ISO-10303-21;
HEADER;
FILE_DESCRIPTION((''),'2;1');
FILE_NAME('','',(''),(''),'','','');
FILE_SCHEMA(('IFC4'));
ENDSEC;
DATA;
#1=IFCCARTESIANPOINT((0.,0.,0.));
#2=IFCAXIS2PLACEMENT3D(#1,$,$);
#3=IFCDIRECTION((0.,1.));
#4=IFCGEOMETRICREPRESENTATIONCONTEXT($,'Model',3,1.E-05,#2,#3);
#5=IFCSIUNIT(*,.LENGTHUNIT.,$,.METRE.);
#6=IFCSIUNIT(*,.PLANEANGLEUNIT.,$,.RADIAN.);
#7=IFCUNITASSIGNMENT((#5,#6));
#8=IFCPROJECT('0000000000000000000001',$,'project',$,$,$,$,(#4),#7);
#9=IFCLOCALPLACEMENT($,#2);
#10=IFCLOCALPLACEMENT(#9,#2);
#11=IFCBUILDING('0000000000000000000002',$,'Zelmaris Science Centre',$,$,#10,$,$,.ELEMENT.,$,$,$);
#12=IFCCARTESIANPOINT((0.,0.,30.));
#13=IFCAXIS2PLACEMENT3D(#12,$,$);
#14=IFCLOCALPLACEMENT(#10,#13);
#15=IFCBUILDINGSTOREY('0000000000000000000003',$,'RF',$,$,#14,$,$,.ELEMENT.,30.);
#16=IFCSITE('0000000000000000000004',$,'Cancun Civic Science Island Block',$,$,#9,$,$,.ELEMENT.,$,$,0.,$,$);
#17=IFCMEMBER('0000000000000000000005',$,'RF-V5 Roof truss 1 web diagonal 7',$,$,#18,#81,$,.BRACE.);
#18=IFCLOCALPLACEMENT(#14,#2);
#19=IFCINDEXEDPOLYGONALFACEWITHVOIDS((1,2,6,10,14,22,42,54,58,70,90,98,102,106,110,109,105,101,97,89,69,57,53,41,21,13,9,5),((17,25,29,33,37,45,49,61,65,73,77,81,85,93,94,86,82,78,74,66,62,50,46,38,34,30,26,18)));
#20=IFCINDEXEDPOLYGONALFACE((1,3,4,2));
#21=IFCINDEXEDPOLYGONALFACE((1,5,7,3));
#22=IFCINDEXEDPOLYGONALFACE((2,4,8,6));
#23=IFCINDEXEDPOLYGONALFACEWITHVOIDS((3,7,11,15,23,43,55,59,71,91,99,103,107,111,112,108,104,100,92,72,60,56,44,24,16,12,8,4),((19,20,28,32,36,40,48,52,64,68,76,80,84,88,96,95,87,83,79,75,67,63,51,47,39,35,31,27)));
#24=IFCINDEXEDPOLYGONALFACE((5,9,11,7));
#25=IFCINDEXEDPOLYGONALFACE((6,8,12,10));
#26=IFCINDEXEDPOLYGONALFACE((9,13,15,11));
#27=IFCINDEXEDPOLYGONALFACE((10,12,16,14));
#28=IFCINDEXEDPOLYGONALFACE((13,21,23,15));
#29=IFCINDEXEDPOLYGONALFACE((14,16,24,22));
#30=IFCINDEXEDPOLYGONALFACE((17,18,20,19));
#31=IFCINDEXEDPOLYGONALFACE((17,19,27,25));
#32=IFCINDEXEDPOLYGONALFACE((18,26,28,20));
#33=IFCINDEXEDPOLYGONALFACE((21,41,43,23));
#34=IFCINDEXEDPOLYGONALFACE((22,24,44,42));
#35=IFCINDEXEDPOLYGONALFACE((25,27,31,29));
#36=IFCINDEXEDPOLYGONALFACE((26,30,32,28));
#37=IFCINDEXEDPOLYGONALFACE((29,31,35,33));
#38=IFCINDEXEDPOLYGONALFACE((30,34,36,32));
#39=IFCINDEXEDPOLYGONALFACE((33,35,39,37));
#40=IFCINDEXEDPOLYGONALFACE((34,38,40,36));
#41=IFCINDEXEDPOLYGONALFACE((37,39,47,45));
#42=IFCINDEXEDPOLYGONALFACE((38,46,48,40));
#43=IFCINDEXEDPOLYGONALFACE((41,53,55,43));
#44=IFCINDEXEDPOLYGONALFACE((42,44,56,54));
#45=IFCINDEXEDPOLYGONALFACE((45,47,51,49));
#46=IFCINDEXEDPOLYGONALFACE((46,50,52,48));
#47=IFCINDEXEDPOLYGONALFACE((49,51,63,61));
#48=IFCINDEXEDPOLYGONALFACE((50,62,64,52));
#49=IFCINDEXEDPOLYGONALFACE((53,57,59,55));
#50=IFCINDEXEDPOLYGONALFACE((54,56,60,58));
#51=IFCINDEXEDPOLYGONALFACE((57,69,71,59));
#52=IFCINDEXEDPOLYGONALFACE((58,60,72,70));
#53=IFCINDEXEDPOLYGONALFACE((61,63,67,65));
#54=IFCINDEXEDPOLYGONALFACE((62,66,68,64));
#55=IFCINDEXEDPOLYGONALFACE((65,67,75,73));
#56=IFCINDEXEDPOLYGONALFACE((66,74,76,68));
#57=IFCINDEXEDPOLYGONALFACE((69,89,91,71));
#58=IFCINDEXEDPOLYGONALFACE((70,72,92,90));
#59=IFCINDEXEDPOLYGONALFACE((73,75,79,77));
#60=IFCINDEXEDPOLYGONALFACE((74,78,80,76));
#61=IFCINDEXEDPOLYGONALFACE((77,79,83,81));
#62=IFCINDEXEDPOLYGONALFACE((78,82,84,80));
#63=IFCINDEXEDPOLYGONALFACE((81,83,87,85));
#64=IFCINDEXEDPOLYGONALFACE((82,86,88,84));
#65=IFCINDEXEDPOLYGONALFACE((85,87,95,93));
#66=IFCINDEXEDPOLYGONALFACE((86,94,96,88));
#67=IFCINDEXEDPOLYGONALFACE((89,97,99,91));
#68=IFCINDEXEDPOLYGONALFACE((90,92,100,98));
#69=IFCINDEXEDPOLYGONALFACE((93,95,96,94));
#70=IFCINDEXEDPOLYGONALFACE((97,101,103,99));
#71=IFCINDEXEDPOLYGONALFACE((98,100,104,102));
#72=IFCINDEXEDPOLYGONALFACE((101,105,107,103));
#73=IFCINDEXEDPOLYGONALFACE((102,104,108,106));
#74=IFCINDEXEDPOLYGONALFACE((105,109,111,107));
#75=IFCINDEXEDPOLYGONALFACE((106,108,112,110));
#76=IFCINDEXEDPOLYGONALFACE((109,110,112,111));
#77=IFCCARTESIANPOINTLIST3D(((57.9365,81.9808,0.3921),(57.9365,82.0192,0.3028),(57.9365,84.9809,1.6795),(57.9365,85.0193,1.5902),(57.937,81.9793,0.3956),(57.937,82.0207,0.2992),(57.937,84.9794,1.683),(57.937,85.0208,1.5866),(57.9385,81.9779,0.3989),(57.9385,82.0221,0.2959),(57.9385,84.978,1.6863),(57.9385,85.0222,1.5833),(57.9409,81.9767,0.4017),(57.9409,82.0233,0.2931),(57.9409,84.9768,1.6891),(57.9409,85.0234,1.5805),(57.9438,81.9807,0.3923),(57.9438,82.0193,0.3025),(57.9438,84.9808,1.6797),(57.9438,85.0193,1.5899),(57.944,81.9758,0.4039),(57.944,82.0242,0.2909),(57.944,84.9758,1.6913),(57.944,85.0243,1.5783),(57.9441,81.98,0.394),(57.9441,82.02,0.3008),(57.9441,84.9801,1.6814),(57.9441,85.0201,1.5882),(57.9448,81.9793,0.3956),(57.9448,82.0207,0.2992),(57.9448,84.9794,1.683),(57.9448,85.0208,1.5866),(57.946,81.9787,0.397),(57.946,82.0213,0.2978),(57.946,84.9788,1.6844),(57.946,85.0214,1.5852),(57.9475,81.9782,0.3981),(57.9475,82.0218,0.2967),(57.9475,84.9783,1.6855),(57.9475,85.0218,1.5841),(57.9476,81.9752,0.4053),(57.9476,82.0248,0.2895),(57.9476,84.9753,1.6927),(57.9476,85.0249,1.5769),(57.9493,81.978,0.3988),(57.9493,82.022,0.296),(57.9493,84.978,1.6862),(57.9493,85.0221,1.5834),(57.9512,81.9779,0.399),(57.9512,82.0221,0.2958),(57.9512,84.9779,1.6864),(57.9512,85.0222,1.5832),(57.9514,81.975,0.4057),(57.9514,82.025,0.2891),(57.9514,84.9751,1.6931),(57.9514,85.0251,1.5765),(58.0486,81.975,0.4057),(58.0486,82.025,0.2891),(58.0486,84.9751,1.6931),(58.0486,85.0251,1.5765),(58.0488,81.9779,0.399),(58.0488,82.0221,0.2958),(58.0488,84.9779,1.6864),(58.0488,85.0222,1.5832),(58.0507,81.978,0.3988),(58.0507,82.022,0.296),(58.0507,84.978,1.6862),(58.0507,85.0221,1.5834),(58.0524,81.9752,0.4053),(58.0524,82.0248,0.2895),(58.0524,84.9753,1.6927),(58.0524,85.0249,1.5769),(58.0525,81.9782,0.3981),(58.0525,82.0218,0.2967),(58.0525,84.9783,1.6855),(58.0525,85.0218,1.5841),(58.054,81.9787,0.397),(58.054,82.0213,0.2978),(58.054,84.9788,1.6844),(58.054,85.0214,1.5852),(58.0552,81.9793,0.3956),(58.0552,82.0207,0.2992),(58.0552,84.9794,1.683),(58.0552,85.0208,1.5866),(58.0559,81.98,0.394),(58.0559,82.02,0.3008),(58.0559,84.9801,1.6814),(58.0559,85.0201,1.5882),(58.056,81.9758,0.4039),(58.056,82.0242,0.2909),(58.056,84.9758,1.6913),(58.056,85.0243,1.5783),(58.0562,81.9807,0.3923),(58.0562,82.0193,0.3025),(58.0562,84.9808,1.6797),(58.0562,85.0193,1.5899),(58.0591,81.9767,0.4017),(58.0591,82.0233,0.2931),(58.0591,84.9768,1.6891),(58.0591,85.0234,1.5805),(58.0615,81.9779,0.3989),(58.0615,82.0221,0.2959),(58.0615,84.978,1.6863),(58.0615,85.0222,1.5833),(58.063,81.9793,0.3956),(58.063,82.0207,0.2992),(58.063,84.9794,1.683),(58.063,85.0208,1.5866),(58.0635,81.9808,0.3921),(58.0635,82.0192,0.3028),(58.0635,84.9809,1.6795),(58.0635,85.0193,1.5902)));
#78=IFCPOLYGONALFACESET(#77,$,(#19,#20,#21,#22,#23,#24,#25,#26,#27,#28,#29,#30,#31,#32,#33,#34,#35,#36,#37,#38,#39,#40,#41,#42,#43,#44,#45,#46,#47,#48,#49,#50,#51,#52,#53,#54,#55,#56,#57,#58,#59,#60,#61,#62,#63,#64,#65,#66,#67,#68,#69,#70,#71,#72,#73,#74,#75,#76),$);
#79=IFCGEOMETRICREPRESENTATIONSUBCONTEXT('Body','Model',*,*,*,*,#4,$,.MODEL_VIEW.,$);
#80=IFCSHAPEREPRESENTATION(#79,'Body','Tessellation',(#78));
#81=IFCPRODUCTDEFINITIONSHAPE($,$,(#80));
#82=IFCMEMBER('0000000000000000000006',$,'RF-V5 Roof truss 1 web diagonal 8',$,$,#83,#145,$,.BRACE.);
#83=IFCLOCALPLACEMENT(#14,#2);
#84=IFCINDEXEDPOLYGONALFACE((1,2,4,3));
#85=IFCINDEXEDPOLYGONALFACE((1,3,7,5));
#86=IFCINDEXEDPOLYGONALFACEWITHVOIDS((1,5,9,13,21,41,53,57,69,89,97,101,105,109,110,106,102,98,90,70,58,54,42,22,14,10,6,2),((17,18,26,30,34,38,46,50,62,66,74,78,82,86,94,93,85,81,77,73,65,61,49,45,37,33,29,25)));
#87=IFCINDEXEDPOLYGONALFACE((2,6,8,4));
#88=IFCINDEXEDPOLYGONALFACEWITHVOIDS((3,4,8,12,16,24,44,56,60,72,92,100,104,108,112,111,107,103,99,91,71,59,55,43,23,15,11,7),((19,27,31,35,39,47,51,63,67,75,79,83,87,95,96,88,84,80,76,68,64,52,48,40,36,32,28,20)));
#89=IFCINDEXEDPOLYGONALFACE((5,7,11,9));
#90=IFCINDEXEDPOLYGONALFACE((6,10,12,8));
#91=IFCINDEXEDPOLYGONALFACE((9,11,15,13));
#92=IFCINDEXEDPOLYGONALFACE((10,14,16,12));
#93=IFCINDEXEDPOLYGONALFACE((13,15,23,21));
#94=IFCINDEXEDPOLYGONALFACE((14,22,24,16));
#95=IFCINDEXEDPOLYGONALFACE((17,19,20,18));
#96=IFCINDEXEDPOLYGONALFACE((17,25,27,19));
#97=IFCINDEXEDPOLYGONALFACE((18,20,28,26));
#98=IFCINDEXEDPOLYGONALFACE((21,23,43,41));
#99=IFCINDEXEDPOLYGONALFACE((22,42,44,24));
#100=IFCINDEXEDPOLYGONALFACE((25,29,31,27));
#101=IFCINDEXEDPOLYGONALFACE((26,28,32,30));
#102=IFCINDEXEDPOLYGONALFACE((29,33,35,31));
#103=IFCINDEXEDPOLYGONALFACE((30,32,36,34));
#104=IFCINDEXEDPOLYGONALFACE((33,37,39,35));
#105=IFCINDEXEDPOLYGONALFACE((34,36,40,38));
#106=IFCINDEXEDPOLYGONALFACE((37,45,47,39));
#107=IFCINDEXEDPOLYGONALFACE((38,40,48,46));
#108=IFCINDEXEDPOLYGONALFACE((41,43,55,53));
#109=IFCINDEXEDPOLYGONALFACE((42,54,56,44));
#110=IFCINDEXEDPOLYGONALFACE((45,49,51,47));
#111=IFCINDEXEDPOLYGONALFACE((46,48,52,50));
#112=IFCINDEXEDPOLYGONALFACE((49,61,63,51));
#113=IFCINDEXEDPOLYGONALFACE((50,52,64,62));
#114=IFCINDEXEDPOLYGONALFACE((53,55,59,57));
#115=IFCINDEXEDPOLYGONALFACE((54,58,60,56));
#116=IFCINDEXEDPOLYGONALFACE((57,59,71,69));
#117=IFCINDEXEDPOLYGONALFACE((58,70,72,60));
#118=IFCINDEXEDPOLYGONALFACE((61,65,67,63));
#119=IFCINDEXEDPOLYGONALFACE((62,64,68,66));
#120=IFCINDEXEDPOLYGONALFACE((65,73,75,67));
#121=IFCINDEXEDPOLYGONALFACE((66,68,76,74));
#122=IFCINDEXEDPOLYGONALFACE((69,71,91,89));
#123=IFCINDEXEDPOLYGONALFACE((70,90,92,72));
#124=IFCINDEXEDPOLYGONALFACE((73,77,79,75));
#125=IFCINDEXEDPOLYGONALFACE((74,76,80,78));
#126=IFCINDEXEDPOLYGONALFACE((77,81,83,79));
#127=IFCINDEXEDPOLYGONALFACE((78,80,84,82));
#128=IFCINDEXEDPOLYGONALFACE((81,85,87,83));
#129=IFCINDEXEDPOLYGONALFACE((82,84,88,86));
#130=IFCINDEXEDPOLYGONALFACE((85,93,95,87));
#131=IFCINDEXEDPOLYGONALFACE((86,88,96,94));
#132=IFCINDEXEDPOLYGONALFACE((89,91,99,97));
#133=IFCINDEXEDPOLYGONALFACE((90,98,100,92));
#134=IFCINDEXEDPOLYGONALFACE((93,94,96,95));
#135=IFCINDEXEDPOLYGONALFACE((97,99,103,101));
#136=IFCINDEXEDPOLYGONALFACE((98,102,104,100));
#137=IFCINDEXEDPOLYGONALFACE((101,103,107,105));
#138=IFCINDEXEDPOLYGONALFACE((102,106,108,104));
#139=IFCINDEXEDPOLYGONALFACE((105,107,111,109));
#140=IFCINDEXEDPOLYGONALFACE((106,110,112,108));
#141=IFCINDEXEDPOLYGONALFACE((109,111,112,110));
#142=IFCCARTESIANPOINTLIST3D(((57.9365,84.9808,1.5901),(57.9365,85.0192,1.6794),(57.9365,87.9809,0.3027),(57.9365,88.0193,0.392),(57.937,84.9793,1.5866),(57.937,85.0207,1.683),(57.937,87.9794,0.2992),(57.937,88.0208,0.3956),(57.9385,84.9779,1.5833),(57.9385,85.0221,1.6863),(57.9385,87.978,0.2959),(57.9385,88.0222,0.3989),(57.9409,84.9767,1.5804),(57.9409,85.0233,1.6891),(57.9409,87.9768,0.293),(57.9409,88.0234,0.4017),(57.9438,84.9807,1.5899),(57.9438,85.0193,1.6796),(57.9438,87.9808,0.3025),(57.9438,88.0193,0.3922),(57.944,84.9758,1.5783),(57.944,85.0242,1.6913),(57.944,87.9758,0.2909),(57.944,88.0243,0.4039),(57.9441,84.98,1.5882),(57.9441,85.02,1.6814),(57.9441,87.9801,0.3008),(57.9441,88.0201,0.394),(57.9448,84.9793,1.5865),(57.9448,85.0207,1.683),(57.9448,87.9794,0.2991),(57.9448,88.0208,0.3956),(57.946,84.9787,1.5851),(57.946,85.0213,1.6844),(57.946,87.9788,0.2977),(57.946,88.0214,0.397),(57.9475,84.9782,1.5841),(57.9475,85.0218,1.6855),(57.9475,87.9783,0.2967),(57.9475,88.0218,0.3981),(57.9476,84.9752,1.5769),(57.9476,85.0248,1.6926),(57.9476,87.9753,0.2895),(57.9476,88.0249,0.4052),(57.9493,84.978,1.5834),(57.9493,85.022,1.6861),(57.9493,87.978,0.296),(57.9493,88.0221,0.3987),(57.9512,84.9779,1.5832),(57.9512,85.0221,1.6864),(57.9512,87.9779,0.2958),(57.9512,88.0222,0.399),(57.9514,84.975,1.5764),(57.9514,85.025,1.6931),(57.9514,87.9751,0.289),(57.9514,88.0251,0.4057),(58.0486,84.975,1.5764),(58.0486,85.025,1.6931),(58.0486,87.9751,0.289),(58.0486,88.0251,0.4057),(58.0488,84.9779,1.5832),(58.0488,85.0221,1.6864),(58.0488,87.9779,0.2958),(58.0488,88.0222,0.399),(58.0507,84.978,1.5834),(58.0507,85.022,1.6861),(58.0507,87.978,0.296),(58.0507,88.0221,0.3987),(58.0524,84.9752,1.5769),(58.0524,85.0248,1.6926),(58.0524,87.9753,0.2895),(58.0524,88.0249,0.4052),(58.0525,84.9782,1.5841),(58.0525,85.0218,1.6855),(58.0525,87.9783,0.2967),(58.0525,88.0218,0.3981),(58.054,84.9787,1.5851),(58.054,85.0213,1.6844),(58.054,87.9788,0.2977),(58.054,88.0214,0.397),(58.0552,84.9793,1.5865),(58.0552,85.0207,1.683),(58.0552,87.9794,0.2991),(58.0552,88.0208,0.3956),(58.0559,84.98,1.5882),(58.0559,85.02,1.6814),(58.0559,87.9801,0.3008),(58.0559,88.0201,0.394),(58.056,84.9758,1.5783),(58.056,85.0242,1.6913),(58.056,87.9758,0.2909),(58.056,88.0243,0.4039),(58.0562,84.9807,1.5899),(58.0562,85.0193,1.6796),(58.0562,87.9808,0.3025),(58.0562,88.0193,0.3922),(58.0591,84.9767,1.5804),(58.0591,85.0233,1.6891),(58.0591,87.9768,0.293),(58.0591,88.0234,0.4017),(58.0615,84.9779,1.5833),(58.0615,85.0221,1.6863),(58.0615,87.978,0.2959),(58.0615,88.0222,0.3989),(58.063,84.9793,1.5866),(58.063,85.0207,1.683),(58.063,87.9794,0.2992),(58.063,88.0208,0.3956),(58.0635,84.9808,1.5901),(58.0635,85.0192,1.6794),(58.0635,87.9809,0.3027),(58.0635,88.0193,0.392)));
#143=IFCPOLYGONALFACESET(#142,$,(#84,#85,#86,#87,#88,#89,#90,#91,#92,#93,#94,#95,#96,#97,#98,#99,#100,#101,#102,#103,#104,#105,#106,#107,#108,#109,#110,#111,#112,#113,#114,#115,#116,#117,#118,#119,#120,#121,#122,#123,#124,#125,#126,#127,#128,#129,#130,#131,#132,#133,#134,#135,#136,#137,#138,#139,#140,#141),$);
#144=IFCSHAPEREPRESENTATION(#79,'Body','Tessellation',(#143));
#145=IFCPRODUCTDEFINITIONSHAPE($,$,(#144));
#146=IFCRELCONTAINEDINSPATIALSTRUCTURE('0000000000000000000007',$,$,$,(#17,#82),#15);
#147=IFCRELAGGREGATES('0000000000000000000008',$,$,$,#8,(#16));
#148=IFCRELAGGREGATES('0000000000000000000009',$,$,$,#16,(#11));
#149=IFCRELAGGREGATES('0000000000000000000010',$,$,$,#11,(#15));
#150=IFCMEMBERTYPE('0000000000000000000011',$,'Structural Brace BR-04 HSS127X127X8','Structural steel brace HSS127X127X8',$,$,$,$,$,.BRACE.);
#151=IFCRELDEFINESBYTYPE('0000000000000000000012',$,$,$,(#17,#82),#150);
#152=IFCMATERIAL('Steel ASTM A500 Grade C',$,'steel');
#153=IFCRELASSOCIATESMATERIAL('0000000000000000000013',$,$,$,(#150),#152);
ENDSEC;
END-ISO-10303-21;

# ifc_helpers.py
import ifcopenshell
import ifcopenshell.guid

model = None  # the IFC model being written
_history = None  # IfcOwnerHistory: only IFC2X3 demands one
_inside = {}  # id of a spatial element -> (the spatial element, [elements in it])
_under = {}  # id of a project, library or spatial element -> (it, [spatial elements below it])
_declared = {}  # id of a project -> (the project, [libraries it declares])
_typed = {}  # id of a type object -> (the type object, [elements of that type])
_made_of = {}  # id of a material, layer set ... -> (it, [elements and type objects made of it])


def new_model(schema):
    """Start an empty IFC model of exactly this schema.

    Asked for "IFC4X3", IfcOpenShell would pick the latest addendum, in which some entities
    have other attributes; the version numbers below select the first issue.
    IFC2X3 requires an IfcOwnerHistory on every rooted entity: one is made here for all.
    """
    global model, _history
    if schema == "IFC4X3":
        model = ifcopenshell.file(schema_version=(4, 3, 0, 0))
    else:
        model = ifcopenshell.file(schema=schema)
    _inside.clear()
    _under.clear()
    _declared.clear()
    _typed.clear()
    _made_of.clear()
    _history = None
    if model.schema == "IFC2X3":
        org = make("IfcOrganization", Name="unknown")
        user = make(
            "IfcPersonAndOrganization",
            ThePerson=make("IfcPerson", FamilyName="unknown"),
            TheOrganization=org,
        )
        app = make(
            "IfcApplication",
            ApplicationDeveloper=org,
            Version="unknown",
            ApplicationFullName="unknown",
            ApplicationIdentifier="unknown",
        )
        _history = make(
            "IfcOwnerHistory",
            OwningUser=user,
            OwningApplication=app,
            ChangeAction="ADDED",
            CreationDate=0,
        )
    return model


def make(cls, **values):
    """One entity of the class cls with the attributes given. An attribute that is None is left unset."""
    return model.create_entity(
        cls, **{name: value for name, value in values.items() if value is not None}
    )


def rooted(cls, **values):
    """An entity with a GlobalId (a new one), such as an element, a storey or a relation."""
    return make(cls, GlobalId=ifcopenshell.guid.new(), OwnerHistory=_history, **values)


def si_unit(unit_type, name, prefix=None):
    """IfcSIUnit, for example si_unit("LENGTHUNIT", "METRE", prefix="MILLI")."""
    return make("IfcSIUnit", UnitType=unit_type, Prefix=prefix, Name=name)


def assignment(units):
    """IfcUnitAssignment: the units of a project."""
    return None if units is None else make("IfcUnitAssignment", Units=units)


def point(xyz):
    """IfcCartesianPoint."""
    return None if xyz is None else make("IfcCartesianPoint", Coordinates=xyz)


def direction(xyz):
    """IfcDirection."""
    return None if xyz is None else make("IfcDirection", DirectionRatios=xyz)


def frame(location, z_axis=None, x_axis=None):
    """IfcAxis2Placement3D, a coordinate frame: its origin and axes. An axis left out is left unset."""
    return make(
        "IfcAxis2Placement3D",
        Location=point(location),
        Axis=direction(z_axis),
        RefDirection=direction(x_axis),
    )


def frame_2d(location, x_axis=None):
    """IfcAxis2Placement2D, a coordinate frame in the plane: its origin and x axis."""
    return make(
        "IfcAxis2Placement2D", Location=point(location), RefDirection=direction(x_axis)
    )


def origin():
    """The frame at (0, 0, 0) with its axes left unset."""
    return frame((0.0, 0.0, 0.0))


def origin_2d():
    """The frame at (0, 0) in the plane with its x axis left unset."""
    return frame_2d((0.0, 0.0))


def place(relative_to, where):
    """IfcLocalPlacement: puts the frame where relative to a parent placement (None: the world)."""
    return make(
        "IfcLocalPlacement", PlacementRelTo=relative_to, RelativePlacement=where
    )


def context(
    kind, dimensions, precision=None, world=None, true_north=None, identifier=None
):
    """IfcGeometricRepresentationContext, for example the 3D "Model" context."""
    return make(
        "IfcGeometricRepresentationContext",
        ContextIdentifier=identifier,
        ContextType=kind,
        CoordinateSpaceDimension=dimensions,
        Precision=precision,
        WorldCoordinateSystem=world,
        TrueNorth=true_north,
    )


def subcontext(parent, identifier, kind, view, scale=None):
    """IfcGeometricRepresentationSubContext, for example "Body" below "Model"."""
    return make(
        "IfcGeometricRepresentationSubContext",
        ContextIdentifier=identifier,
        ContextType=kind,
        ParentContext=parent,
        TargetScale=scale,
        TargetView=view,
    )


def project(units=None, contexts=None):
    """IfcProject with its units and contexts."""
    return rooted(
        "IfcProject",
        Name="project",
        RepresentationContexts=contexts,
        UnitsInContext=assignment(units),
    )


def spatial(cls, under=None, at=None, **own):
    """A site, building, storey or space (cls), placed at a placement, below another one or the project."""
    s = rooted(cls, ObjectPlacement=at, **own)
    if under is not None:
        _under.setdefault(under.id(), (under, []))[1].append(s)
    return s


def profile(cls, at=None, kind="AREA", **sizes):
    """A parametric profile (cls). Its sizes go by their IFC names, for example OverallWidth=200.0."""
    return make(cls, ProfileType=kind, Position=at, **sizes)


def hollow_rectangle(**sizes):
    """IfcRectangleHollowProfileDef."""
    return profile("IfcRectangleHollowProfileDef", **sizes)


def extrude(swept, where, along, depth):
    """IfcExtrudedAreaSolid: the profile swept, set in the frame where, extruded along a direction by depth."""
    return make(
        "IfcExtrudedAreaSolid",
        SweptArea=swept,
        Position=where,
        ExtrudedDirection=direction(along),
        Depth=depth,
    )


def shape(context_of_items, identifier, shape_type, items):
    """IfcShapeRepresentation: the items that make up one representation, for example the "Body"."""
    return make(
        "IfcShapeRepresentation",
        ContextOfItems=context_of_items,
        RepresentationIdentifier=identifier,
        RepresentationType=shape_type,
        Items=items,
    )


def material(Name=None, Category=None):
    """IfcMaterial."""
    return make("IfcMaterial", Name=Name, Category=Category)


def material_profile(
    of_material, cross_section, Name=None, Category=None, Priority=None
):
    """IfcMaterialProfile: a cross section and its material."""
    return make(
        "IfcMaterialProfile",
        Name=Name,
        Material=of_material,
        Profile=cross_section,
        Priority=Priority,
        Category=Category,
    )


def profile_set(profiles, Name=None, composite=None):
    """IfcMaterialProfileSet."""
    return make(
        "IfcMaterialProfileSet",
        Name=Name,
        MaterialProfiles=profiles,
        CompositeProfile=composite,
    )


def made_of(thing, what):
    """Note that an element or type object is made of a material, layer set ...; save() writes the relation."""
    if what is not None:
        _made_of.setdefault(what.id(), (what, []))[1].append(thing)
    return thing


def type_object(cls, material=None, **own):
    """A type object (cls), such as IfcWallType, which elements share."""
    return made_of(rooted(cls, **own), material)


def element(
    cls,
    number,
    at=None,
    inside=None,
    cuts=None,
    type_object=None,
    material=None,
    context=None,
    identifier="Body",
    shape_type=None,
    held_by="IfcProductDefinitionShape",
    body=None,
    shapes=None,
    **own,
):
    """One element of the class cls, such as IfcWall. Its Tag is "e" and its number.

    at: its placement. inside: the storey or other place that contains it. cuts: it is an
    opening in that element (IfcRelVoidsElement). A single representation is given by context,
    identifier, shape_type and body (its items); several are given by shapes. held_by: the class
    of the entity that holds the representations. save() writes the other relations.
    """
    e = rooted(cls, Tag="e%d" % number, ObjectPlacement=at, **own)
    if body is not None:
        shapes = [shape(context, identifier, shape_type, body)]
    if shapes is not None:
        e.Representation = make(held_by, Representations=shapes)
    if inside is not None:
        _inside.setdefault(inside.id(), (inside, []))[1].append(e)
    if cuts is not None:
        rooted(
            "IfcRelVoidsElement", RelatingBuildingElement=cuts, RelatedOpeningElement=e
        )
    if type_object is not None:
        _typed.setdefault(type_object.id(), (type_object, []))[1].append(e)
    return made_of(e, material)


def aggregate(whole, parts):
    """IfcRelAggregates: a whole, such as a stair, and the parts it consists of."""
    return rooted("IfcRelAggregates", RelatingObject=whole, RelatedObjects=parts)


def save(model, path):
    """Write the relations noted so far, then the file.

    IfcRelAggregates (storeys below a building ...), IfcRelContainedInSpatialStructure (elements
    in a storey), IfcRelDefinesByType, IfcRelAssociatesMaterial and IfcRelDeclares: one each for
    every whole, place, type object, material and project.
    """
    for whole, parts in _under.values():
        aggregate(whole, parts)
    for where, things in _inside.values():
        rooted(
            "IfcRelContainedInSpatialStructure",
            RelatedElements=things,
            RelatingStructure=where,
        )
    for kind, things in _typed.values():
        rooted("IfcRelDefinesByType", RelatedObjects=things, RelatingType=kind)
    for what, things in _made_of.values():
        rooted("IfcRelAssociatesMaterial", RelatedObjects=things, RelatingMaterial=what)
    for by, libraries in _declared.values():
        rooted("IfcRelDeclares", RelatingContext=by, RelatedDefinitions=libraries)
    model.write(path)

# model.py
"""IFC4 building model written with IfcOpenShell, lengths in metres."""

from ifc_helpers import new_model, si_unit, direction, frame, origin, origin_2d, place, context, subcontext, project, spatial, hollow_rectangle, extrude, material, material_profile, profile_set, type_object, element, save


model = new_model("IFC4")

# Units and contexts
model_context = context("Model", 3, precision=1e-05, world=origin(), true_north=direction((0.0, 1.0)))
body_context = subcontext(model_context, "Body", "Model", "MODEL_VIEW")
ifc_project = project(units=[si_unit("LENGTHUNIT", "METRE"), si_unit("PLANEANGLEUNIT", "RADIAN")], contexts=[model_context])

# Site, building, storey
site_placement = place(None, origin())
site = spatial("IfcSite", under=ifc_project, at=site_placement, Name="Cancun Civic Science Island Block", CompositionType="ELEMENT", RefElevation=0.0)
building_placement = place(site_placement, origin())
building = spatial("IfcBuilding", under=site, at=building_placement, Name="Zelmaris Science Centre", CompositionType="ELEMENT")
storey_placement = place(building_placement, frame((0.0, 0.0, 30.0)))
storey = spatial("IfcBuildingStorey", under=building, at=storey_placement, Name="RF", CompositionType="ELEMENT", Elevation=30.0)

# Shared definitions
ifc_material = material(Name="Steel ASTM A500 Grade C", Category="steel")

# Members
ifc_material_profile_1 = material_profile(ifc_material, hollow_rectangle(XDim=0.127, YDim=0.127, WallThickness=0.0073, InnerFilletRadius=0.0073, OuterFilletRadius=0.0149, at=origin_2d()), Name="HSS127X127X8")
ifc_profile_set_1 = profile_set([ifc_material_profile_1], Name="Steel ASTM A500 Grade C")
member_type_1 = type_object("IfcMemberType", Name="Structural Brace BR-04 HSS127X127X8", Description="Structural steel brace HSS127X127X8", PredefinedType="BRACE", material=ifc_profile_set_1)
for number, where, z_axis, x_axis, name in (
    (1, (58.0, 82.0, 0.3474), (0.0, 0.918963, 0.394343), (-1.0, 0.0, 0.0), "RF-V5 Roof truss 1 web diagonal 7"),
    (2, (58.0, 85.0, 1.6348), (0.0, 0.918963, -0.394343), (-1.0, 0.0, 0.0), "RF-V5 Roof truss 1 web diagonal 8"),
):
    element("IfcMember", number, at=place(storey_placement, frame(where, z_axis=z_axis, x_axis=x_axis)), inside=storey, type_object=member_type_1, Name=name, PredefinedType="BRACE", context=body_context, shape_type="SweptSolid", body=[
        extrude(hollow_rectangle(XDim=0.127, YDim=0.127, WallThickness=0.0073, InnerFilletRadius=0.0073, OuterFilletRadius=0.0149, at=origin_2d()), origin(), (0.0, 0.0, 1.0), 3.2646),
    ])

save(model, "model.ifc")
